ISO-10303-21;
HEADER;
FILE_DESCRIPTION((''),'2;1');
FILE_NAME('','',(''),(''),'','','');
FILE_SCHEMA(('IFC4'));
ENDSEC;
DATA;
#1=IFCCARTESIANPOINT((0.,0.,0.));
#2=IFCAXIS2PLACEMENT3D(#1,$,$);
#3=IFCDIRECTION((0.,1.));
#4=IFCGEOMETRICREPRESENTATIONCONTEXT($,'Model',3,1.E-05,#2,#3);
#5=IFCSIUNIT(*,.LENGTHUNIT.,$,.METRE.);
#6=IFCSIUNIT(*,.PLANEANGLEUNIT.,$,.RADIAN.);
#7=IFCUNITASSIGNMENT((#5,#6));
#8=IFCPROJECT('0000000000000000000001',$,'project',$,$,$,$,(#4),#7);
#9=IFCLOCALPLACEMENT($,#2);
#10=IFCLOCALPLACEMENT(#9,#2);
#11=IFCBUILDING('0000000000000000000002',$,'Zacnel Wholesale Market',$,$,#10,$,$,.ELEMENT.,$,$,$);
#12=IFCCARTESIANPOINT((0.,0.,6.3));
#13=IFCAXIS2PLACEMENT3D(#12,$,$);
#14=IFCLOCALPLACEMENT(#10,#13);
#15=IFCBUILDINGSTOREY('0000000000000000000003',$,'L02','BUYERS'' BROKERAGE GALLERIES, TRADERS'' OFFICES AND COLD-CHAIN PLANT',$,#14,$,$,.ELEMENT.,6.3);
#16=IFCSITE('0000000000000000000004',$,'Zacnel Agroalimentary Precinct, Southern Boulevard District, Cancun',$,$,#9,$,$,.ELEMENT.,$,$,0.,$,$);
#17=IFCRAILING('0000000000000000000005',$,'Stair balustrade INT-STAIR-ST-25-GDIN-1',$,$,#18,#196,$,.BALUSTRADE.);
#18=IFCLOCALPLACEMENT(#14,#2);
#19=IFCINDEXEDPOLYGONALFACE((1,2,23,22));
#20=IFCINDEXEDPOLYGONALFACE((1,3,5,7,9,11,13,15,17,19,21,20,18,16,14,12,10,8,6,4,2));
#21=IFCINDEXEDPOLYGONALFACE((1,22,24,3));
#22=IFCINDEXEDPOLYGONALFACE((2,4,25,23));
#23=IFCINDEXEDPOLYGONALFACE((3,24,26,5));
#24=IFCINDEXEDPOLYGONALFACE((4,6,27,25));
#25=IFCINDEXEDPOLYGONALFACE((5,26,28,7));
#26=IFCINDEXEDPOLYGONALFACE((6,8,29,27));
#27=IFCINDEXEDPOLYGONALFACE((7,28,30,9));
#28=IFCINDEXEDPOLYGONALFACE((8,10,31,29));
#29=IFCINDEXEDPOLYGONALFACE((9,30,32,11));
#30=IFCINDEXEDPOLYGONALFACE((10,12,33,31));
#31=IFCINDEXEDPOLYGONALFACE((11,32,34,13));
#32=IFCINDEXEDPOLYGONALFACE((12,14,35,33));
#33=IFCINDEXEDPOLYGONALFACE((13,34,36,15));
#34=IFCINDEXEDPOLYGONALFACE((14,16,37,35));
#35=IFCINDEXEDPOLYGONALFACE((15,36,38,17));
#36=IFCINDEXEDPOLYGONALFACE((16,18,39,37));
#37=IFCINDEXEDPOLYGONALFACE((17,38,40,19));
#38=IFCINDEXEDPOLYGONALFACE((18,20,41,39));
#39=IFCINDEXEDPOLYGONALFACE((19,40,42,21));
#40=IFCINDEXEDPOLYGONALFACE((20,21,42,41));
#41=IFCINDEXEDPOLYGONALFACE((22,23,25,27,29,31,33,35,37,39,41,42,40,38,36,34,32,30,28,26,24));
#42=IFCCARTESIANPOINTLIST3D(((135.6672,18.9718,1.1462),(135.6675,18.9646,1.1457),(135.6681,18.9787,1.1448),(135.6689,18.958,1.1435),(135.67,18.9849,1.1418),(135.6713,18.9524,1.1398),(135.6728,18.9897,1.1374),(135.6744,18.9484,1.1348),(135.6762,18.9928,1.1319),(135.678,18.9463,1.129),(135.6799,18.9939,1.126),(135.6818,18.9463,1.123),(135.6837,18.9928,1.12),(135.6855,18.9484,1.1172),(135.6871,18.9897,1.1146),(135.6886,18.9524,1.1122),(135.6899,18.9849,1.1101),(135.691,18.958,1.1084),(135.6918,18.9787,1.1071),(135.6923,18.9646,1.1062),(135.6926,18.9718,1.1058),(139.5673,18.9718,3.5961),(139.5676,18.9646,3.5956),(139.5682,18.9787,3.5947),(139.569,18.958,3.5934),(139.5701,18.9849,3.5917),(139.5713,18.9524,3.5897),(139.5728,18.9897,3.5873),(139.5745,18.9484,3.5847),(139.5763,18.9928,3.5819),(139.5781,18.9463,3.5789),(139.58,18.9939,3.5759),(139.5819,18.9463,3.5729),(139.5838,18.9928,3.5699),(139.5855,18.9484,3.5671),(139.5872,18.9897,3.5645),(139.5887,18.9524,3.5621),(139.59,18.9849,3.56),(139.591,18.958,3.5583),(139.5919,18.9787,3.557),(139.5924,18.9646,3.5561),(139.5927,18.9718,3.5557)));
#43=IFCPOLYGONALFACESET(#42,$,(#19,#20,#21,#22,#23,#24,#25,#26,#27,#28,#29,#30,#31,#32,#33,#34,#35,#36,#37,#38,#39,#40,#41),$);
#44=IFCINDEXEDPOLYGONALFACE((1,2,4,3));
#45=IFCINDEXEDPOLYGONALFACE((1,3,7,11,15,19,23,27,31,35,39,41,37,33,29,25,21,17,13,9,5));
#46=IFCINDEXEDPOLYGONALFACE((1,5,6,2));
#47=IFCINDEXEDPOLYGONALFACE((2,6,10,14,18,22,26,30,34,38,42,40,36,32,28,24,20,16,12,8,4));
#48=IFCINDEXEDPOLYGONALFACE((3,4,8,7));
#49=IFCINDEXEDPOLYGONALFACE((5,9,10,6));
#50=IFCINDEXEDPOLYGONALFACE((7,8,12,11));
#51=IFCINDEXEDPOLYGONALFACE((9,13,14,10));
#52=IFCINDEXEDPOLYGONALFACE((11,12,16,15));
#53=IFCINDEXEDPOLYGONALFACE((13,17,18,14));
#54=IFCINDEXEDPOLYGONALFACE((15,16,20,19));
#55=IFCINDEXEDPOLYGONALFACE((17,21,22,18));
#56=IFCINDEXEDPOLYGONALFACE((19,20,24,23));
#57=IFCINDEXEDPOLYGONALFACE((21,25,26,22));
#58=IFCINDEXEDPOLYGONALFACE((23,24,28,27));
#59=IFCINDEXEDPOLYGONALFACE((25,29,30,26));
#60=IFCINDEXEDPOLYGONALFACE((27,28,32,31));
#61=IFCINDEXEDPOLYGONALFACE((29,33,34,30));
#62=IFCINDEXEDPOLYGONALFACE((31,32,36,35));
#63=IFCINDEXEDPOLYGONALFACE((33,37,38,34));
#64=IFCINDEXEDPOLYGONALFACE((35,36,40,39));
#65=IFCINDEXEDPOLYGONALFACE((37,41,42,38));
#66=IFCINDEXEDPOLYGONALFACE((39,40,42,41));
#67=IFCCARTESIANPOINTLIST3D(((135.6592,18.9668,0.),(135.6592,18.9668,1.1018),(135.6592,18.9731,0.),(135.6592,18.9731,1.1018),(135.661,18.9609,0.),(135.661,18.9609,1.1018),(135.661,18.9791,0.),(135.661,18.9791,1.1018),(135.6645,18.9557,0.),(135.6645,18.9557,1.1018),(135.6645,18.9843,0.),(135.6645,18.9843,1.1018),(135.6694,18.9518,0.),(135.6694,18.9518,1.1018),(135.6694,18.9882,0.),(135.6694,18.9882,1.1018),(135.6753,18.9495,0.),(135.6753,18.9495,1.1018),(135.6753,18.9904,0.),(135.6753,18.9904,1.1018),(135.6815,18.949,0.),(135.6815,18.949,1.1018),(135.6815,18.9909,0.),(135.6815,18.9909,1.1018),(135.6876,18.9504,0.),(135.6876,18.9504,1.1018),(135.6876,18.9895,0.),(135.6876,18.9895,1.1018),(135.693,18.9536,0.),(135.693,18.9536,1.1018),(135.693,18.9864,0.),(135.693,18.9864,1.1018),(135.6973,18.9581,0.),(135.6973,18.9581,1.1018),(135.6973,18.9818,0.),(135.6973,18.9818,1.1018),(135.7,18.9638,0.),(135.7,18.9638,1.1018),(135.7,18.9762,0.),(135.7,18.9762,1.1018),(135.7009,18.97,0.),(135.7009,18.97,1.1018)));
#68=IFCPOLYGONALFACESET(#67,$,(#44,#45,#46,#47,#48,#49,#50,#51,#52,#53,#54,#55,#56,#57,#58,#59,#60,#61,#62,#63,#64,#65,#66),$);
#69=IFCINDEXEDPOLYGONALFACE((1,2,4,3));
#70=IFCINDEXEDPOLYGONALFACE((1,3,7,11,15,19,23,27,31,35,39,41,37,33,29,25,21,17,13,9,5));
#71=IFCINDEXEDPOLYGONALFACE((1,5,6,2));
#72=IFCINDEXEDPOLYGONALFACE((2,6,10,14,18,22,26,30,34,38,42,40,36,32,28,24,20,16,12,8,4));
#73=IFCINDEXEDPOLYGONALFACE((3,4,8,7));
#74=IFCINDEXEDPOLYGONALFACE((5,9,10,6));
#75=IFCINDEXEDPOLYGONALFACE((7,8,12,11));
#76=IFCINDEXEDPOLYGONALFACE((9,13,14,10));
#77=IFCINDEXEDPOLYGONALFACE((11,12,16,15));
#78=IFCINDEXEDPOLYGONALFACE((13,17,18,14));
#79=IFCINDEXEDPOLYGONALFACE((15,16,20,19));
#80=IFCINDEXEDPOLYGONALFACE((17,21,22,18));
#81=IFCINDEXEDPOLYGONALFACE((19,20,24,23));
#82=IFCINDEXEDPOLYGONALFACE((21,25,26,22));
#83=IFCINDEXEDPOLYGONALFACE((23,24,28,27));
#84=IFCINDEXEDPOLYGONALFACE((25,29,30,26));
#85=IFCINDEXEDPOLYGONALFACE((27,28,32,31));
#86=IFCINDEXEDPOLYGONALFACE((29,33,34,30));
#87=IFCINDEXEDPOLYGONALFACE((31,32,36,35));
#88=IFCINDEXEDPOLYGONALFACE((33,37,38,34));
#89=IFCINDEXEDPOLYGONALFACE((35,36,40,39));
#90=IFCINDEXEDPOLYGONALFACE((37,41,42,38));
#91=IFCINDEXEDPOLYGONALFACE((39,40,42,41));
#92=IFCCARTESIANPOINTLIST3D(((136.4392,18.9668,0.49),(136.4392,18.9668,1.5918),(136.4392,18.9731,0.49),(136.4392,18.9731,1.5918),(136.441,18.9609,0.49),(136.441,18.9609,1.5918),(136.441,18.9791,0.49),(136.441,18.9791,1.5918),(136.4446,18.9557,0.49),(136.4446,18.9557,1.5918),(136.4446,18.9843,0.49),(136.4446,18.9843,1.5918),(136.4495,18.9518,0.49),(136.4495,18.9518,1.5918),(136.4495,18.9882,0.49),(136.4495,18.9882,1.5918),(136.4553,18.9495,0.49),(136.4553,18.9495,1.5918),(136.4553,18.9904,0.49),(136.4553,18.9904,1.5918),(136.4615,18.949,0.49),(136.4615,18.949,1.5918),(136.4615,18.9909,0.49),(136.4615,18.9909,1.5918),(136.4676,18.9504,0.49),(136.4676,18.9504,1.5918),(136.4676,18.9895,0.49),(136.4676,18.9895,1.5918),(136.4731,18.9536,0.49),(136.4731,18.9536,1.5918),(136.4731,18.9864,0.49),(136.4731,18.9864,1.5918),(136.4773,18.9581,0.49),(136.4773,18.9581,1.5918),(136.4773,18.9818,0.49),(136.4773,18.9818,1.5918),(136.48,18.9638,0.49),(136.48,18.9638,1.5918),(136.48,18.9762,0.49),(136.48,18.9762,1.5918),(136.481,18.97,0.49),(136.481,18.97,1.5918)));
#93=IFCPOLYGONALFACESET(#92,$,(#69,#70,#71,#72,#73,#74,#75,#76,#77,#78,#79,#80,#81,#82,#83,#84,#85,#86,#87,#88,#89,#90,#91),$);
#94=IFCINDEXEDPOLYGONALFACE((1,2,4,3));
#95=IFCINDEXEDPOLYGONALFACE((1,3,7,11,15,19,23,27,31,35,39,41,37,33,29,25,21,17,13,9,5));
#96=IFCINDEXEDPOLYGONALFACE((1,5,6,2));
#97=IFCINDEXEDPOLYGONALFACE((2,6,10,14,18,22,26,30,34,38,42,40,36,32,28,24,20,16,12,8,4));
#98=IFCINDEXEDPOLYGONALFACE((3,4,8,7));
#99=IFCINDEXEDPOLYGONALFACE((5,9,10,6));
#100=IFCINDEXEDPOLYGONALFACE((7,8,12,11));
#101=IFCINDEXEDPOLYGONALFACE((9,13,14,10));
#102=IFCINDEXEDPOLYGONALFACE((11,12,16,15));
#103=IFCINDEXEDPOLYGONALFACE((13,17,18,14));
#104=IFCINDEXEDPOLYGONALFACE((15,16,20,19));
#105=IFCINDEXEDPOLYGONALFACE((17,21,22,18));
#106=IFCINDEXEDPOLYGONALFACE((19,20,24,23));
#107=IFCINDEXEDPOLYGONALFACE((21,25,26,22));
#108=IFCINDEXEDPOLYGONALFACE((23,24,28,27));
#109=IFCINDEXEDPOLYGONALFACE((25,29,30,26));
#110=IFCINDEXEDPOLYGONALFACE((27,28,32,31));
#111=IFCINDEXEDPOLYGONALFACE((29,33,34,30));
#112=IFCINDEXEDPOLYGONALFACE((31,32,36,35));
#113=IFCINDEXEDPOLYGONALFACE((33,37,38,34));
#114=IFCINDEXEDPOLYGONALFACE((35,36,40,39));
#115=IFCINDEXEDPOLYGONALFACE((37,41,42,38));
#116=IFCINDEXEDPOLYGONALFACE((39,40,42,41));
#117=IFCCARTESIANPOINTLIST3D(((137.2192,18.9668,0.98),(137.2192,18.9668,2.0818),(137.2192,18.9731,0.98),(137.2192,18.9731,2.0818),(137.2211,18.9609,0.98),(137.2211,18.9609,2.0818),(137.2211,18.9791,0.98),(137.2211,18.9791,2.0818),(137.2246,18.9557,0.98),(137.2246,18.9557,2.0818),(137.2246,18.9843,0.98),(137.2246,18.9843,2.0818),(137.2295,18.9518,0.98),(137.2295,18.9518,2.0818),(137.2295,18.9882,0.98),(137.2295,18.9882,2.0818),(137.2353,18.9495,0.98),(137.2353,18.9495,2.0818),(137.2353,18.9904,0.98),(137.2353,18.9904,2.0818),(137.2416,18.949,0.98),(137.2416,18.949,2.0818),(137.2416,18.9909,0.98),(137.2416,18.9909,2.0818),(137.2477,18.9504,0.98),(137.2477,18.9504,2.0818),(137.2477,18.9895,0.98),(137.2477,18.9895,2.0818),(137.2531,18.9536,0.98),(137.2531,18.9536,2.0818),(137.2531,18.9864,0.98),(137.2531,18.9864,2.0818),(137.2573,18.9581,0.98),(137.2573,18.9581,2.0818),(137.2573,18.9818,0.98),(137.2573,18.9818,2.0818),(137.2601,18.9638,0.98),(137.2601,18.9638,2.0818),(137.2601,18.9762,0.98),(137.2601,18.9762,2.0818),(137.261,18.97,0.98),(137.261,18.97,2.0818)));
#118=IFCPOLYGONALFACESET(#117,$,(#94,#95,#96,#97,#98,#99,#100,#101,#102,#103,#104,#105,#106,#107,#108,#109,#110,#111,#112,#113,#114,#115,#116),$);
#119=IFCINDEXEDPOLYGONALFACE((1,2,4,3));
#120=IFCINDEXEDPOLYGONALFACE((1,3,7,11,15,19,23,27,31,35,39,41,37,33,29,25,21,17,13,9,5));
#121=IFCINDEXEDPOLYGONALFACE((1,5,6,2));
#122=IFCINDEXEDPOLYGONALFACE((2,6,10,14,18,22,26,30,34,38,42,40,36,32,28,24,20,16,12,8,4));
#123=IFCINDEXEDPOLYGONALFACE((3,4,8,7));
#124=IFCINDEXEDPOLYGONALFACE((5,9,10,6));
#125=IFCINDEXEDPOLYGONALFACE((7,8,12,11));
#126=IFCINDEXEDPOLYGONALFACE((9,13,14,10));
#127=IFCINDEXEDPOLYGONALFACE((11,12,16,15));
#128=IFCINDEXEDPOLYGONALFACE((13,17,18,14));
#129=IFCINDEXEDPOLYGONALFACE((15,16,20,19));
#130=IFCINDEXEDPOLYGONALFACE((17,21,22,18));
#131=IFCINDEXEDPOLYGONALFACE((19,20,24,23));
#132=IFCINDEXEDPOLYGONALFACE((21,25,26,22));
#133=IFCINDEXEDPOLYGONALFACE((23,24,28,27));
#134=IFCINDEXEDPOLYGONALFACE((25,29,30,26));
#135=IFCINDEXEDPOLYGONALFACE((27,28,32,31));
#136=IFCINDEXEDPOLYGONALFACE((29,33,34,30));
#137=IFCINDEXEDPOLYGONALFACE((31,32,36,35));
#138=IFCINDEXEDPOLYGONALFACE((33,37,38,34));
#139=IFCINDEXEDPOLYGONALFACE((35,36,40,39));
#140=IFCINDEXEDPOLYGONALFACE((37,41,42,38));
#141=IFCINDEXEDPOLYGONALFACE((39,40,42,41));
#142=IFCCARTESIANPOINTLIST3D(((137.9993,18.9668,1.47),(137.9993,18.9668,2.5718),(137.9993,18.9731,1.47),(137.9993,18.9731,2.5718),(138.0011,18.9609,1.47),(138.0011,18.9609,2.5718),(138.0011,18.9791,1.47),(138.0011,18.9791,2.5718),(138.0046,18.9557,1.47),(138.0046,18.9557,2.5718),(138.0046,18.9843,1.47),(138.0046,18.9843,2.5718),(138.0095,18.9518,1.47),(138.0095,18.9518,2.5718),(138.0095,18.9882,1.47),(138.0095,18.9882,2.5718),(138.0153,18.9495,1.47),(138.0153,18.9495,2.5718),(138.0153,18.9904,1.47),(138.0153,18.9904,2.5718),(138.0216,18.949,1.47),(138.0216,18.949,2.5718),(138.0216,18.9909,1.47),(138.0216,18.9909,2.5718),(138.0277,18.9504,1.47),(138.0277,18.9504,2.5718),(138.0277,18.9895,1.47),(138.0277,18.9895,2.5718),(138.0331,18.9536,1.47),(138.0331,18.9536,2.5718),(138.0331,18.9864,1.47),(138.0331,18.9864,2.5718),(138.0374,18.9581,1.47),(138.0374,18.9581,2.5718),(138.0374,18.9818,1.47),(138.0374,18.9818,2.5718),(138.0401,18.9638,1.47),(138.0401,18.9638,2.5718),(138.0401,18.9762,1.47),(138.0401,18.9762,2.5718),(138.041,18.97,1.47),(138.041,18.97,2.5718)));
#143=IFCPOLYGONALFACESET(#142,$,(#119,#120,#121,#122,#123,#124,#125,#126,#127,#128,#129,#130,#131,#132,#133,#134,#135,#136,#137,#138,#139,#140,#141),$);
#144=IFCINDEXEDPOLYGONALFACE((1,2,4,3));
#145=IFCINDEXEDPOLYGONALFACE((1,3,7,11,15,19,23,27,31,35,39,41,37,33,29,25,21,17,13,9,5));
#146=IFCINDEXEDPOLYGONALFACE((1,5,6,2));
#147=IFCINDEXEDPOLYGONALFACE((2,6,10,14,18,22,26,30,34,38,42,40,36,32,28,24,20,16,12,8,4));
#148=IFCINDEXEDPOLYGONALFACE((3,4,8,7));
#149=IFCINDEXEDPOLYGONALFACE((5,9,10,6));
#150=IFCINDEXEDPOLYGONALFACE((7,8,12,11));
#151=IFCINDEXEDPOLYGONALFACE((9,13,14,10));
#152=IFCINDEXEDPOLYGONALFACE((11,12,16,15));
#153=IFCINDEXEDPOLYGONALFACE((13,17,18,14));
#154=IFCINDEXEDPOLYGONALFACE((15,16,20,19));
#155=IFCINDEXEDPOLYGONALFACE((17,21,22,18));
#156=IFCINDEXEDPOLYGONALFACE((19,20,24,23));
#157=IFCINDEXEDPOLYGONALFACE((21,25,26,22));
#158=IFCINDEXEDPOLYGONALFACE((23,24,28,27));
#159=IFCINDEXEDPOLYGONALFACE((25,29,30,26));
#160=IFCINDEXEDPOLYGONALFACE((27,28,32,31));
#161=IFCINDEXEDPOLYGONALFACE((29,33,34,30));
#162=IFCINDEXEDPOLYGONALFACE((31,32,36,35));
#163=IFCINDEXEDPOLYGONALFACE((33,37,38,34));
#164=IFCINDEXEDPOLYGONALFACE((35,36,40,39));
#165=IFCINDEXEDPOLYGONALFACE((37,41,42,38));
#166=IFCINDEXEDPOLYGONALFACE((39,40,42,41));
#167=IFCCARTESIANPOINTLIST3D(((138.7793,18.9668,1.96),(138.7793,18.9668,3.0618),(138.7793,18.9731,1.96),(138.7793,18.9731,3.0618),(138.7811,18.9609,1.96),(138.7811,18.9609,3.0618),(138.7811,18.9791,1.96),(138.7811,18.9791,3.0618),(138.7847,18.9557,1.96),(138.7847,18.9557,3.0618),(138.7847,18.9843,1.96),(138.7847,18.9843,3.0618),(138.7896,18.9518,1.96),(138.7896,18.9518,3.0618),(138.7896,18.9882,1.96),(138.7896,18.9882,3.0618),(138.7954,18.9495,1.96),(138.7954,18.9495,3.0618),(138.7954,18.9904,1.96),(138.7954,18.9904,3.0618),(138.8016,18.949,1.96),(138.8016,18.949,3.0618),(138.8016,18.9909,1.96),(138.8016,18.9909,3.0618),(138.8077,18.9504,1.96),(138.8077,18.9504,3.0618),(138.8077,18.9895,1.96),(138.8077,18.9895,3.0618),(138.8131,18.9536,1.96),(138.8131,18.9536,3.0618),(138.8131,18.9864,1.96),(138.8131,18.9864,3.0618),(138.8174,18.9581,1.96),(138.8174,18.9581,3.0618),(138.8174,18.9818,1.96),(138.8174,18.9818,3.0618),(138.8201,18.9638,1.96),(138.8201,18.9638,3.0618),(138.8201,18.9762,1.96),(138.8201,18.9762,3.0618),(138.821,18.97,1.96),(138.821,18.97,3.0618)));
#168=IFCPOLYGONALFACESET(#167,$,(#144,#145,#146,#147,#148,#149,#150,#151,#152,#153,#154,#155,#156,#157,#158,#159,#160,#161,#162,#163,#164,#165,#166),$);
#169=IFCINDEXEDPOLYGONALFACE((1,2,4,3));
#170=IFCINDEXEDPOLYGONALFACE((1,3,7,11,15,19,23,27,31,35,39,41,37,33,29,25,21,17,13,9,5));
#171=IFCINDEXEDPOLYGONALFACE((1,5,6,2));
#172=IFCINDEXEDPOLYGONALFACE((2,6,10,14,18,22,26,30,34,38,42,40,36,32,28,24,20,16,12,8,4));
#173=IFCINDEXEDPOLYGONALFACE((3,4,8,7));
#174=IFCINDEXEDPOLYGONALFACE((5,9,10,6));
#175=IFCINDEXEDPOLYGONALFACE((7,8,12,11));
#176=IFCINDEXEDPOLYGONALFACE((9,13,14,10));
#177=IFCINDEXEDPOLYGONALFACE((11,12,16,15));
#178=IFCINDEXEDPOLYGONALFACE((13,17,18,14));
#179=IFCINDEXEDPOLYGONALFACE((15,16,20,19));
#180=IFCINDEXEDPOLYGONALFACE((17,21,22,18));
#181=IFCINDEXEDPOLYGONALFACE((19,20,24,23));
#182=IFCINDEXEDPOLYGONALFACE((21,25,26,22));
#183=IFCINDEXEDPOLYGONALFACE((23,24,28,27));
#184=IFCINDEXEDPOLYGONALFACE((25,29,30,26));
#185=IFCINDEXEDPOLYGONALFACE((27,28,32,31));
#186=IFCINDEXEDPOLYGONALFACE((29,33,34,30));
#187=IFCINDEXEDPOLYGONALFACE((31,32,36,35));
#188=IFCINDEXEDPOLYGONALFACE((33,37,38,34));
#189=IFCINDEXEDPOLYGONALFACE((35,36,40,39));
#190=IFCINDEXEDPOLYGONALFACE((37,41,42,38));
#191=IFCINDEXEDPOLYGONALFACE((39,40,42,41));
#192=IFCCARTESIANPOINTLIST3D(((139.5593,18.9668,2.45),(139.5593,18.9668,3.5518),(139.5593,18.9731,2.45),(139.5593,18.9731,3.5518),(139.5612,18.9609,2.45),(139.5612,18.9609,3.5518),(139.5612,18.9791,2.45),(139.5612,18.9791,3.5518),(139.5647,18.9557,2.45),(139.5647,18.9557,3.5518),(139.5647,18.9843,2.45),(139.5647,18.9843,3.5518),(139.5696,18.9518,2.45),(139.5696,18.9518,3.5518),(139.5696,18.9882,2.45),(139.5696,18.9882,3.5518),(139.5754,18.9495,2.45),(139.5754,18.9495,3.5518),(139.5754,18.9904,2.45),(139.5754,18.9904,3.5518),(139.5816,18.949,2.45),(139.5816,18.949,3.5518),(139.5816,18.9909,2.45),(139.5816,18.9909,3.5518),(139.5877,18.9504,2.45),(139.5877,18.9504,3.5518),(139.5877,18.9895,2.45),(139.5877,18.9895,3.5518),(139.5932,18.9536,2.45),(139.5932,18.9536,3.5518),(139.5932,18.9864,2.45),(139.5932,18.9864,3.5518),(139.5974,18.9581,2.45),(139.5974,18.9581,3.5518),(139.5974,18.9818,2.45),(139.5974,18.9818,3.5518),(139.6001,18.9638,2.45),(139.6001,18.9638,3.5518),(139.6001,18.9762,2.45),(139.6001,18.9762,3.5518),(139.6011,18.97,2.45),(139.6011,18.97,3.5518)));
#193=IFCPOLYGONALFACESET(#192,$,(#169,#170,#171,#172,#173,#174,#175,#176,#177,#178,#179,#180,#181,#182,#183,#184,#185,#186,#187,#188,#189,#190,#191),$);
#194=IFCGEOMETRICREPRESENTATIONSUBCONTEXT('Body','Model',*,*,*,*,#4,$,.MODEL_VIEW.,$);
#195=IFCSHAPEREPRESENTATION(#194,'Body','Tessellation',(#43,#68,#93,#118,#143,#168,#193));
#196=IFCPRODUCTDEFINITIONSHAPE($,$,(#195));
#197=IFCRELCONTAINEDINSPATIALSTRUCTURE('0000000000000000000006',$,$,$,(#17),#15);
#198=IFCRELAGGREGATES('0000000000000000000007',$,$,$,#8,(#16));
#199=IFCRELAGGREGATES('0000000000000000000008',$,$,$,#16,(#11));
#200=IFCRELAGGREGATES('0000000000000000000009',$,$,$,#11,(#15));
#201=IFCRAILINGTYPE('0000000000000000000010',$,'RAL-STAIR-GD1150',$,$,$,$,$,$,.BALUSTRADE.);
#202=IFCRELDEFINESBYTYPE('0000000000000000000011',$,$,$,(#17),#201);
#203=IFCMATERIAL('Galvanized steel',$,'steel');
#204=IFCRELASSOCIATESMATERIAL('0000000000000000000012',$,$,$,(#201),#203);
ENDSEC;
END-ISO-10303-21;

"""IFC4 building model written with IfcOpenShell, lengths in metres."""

from ifc_helpers import new_model, si_unit, direction, frame, origin, origin_2d, place, context, subcontext, project, spatial, circle, extrude, material, type_object, element, save


model = new_model("IFC4")

# Units and contexts
model_context = context("Model", 3, precision=1e-05, world=origin(), true_north=direction((0.0, 1.0)))
body_context = subcontext(model_context, "Body", "Model", "MODEL_VIEW")
ifc_project = project(units=[si_unit("LENGTHUNIT", "METRE"), si_unit("PLANEANGLEUNIT", "RADIAN")], contexts=[model_context])

# Site, building, storey
site_placement = place(None, origin())
site = spatial("IfcSite", under=ifc_project, at=site_placement, Name="Zacnel Agroalimentary Precinct, Southern Boulevard District, Cancun", CompositionType="ELEMENT", RefElevation=0.0)
building_placement = place(site_placement, origin())
building = spatial("IfcBuilding", under=site, at=building_placement, Name="Zacnel Wholesale Market", CompositionType="ELEMENT")
storey_placement = place(building_placement, frame((0.0, 0.0, 6.3)))
storey = spatial("IfcBuildingStorey", under=building, at=storey_placement, Name="L02", Description="BUYERS' BROKERAGE GALLERIES, TRADERS' OFFICES AND COLD-CHAIN PLANT", CompositionType="ELEMENT", Elevation=6.3)

# Railing
ifc_material_1 = material(Name="Galvanized steel", Category="steel")
railing_type = type_object("IfcRailingType", Name="RAL-STAIR-GD1150", PredefinedType="BALUSTRADE", material=ifc_material_1)
railing_1_placement = place(storey_placement, frame((135.6799, 18.97, 0.0)))
element("IfcRailing", 1, at=railing_1_placement, inside=storey, type_object=railing_type, Name="Stair balustrade INT-STAIR-ST-25-GDIN-1", PredefinedType="BALUSTRADE", context=body_context, shape_type="SweptSolid", body=[
    extrude(circle(Radius=0.0239, at=origin_2d()), frame((0.0, 0.0, 1.126), z_axis=(0.84679, 0.0, 0.531927), x_axis=(0.0, 1.0, 0.0)), (0.0, 0.0, 1.0), 4.6057),
    extrude(circle(Radius=0.021, at=origin_2d()), origin(), (0.0, 0.0, 1.0), 1.1018),
    extrude(circle(Radius=0.021, at=origin_2d()), frame((0.78, 0.0, 0.49)), (0.0, 0.0, 1.0), 1.1018),
    extrude(circle(Radius=0.021, at=origin_2d()), frame((1.5601, 0.0, 0.98)), (0.0, 0.0, 1.0), 1.1018),
    extrude(circle(Radius=0.021, at=origin_2d()), frame((2.3401, 0.0, 1.47)), (0.0, 0.0, 1.0), 1.1018),
    extrude(circle(Radius=0.021, at=origin_2d()), frame((3.1201, 0.0, 1.96)), (0.0, 0.0, 1.0), 1.1018),
    extrude(circle(Radius=0.021, at=origin_2d()), frame((3.9001, 0.0, 2.45)), (0.0, 0.0, 1.0), 1.1018),
])

save(model, "model.ifc")
